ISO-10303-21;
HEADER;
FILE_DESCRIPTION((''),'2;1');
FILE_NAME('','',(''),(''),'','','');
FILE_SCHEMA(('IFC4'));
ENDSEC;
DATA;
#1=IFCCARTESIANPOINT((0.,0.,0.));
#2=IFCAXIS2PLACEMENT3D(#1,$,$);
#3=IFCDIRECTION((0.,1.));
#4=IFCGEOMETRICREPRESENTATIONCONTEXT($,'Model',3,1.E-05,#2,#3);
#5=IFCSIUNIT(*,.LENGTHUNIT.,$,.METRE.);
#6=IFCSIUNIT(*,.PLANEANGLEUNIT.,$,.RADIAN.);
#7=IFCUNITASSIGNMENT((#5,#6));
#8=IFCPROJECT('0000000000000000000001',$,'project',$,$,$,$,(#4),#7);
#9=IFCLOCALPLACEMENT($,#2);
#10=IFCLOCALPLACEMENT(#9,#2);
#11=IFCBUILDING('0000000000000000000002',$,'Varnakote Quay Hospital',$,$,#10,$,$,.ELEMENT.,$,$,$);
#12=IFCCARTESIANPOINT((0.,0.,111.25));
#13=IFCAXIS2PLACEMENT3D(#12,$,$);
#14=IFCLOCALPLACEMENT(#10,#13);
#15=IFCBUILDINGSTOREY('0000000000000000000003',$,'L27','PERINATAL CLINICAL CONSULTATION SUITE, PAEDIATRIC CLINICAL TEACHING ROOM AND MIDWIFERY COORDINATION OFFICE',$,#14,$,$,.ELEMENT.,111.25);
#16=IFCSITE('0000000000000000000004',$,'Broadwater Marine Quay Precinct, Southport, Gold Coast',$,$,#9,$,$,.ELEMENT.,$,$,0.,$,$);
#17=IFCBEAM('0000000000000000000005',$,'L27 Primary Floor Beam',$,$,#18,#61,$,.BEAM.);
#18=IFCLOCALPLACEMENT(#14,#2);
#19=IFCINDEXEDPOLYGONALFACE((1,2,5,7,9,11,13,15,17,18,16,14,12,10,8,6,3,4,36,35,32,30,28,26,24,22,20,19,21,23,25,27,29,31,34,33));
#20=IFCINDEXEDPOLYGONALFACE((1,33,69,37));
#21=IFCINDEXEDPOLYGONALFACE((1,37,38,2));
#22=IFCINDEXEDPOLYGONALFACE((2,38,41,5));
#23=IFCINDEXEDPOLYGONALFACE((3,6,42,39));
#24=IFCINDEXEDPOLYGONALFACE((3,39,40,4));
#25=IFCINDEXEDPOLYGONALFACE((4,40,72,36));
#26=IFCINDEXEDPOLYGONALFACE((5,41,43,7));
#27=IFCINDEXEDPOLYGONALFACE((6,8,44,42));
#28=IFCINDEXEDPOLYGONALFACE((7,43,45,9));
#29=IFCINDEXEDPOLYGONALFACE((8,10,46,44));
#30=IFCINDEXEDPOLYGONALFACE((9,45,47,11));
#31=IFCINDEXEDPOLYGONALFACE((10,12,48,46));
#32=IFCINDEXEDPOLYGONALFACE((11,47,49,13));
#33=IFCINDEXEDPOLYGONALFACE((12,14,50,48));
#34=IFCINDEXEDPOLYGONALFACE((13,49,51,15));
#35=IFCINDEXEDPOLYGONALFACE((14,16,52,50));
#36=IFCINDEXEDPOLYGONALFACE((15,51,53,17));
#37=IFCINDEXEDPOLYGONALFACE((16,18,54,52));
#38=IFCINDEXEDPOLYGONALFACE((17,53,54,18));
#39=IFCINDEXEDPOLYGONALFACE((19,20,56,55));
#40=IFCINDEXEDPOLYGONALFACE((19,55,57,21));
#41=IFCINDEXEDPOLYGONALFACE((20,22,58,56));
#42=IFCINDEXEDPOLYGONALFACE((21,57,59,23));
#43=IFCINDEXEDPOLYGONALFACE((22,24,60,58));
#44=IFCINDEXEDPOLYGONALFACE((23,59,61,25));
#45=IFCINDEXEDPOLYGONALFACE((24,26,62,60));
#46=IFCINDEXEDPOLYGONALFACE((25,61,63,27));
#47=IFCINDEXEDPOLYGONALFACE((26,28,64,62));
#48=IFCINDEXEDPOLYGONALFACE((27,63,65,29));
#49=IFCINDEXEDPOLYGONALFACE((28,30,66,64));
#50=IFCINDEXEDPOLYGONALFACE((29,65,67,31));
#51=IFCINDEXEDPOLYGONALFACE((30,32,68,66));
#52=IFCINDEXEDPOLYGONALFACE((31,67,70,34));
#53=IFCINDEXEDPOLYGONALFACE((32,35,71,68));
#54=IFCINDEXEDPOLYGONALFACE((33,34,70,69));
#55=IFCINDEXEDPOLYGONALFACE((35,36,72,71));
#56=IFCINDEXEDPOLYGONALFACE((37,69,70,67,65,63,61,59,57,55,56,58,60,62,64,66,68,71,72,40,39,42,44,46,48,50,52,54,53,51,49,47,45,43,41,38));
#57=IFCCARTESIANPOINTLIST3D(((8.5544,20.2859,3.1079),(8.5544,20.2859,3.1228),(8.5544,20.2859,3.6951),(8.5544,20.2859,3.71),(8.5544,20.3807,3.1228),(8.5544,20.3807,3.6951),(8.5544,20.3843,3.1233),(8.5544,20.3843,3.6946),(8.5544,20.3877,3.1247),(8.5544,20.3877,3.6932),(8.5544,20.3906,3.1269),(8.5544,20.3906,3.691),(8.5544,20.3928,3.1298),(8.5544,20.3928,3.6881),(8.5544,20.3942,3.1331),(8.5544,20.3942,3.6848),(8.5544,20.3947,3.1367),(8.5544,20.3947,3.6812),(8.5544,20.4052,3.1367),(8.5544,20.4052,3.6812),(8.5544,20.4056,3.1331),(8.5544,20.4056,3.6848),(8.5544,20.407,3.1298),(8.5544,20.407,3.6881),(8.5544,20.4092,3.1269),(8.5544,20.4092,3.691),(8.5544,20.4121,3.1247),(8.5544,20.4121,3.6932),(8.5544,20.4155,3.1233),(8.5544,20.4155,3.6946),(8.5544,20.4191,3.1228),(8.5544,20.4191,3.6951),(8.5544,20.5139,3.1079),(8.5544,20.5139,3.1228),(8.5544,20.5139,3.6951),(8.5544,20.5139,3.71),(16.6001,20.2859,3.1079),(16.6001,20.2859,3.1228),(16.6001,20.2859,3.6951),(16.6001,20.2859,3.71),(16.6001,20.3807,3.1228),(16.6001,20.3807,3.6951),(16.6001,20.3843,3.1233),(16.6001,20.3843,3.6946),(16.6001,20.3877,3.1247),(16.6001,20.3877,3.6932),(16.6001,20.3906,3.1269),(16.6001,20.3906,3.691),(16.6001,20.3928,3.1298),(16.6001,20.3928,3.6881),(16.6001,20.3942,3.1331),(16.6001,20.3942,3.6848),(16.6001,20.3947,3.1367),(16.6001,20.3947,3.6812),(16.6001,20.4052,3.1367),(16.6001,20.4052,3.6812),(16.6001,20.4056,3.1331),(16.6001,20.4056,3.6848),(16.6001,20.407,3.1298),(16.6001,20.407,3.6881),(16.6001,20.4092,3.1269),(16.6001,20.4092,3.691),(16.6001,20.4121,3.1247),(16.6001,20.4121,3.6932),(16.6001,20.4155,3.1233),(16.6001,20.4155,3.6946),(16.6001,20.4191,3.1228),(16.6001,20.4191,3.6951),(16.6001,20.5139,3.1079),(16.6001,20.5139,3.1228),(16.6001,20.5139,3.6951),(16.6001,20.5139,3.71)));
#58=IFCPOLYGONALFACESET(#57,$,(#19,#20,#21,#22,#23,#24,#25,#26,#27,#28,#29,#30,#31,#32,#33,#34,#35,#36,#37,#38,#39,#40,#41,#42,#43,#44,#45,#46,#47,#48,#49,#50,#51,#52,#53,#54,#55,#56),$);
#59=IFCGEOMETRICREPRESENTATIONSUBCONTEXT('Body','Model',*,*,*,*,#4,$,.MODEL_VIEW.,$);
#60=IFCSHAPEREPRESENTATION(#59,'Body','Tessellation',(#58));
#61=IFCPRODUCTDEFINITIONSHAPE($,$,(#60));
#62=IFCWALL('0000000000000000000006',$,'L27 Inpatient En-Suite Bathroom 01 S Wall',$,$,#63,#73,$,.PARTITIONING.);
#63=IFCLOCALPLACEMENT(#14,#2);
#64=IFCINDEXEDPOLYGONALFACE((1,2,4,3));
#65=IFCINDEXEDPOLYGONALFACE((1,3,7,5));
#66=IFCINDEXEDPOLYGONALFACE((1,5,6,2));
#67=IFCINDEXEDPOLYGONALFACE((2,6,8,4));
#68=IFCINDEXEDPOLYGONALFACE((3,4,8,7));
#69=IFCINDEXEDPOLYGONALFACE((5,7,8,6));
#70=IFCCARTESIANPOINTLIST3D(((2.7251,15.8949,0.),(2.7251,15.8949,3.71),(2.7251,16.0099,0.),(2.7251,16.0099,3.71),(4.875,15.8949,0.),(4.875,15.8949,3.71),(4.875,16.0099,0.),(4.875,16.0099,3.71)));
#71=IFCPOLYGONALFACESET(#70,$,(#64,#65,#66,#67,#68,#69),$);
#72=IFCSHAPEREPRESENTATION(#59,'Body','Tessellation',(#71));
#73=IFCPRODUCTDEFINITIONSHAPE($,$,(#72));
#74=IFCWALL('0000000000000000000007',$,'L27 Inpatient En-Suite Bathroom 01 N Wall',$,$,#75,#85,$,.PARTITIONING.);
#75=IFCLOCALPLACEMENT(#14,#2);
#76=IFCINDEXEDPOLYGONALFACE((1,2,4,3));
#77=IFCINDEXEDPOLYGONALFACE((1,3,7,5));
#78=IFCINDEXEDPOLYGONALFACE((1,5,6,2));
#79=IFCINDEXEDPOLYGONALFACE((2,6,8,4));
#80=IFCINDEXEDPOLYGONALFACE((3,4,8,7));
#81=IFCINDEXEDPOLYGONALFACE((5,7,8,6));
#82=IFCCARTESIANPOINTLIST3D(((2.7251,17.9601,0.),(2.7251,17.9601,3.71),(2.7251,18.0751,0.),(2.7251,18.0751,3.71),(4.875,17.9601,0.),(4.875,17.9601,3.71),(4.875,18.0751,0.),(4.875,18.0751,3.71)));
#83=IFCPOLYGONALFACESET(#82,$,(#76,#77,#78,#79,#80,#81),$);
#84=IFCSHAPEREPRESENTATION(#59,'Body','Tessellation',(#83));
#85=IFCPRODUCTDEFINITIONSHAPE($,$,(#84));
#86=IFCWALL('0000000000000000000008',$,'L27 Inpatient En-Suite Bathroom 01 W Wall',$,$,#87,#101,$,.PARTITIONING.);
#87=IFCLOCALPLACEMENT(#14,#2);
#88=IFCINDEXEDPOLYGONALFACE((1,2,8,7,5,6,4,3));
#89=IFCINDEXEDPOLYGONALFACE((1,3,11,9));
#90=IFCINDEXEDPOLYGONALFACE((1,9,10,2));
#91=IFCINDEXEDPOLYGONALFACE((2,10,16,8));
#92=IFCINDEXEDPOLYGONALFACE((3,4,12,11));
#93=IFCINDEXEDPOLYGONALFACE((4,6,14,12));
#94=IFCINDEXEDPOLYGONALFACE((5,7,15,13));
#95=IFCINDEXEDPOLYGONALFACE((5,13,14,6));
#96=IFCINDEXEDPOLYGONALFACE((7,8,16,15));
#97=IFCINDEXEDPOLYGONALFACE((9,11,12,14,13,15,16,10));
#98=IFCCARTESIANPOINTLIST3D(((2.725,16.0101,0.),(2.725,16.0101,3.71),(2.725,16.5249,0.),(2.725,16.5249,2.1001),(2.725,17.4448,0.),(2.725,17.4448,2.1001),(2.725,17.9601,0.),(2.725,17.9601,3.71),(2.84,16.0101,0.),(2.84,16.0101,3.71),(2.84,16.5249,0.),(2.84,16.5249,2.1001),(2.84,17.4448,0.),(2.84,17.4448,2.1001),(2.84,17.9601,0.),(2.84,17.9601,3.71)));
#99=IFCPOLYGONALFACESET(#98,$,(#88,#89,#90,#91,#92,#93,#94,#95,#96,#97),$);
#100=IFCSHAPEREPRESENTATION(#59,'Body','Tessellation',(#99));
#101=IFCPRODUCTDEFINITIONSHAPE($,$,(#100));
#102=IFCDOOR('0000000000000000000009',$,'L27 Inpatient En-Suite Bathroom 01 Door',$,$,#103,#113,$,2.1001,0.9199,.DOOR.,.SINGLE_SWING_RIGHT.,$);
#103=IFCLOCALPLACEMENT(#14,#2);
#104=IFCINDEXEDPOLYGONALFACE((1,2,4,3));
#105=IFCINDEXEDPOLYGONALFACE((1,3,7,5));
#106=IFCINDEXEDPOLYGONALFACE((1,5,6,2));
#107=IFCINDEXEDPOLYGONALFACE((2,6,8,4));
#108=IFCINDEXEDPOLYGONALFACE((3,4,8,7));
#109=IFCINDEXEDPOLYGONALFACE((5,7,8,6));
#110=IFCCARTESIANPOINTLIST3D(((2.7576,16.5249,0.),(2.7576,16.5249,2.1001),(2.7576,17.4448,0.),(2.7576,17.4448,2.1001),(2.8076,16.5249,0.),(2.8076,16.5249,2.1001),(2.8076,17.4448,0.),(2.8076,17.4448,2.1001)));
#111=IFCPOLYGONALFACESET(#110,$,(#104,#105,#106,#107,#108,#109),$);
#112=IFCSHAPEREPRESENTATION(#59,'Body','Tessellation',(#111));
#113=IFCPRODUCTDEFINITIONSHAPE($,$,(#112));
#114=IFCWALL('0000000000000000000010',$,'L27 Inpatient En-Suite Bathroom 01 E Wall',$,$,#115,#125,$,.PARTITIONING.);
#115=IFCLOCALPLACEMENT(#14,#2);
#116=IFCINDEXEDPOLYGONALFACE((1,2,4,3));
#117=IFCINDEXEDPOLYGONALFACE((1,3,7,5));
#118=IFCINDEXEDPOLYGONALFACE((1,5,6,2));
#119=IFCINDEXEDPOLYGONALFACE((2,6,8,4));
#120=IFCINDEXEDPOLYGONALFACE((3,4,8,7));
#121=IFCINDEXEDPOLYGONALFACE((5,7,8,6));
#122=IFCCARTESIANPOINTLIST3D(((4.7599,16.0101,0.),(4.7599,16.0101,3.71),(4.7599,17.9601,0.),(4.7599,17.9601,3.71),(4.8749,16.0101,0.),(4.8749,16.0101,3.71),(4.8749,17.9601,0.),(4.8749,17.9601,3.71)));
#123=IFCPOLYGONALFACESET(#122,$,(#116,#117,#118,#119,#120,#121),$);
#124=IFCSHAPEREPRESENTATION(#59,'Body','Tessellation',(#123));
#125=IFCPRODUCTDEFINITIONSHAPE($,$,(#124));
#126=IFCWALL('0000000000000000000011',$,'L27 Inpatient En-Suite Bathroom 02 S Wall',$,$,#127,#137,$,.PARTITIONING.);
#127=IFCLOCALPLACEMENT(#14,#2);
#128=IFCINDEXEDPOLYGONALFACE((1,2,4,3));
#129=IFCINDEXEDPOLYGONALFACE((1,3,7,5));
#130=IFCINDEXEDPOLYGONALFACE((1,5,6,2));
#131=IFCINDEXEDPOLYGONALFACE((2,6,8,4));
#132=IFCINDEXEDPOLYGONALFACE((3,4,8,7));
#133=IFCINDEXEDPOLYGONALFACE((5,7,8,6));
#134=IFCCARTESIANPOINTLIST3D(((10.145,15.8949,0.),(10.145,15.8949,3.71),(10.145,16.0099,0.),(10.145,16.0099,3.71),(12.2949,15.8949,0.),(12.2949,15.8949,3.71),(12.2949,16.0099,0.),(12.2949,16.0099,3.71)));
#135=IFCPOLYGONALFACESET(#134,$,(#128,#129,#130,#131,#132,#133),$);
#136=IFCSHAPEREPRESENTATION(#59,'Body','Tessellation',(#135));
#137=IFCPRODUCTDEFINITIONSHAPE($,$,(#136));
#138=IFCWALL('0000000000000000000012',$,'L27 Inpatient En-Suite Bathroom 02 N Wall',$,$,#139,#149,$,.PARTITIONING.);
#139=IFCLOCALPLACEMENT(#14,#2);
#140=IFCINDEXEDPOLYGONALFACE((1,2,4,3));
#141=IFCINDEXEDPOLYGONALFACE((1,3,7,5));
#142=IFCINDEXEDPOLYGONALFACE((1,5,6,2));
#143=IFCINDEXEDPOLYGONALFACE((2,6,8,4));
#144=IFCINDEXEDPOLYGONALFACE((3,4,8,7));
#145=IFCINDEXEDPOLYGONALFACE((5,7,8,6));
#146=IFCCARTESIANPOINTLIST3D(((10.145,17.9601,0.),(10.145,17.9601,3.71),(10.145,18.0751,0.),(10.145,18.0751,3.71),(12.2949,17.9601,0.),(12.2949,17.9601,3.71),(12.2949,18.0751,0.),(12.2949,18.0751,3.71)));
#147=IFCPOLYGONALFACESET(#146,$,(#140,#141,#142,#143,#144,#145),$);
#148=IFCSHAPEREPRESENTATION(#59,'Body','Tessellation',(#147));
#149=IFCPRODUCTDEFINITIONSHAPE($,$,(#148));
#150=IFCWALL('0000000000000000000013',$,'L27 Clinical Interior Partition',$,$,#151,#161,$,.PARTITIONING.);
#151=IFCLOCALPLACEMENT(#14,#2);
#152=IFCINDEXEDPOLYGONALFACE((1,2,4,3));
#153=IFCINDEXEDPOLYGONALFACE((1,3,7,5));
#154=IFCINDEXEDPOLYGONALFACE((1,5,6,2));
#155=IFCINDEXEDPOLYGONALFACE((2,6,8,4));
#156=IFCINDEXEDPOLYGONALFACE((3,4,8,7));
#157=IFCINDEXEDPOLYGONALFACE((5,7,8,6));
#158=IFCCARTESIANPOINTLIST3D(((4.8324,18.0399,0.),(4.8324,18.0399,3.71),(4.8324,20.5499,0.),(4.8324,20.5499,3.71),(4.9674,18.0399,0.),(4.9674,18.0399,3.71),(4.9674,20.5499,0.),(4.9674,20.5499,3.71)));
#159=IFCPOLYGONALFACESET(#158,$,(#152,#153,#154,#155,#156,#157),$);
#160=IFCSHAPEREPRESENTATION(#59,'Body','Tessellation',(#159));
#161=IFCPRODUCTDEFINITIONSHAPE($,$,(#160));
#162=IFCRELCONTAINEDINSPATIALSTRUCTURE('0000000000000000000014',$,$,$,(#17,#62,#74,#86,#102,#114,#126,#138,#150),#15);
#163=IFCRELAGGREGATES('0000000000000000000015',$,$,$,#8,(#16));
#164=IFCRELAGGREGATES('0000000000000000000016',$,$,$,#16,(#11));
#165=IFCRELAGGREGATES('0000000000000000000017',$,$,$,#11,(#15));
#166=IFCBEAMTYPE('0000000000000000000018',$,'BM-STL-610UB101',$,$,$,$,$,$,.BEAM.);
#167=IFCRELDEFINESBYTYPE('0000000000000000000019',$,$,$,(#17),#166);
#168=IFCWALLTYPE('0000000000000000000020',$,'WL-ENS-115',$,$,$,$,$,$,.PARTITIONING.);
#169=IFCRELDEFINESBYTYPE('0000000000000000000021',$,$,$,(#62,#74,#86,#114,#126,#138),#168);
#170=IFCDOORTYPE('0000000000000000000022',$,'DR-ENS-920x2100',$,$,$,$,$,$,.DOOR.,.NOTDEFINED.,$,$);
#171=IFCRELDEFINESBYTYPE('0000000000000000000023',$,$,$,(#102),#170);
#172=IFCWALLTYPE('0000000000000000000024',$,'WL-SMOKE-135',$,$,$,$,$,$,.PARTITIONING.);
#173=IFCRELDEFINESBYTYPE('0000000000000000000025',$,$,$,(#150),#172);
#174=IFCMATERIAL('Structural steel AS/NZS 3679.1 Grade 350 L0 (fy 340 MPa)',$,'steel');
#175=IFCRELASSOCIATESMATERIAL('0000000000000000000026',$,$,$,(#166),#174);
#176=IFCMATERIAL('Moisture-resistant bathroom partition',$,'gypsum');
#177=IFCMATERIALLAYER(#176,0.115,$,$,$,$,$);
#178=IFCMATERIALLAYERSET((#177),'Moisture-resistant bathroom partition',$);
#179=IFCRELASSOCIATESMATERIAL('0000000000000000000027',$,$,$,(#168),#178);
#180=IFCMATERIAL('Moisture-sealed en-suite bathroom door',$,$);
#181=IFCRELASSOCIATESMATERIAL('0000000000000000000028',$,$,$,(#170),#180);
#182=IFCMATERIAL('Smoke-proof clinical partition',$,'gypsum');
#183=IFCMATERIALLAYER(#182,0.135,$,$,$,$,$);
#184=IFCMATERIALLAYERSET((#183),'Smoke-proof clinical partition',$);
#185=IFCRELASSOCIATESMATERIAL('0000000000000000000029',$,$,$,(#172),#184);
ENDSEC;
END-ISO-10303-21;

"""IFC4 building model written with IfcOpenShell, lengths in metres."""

from ifc_helpers import new_model, si_unit, direction, frame, frame_2d, origin, origin_2d, place, context, subcontext, project, spatial, rectangle, i_section, extrude, material, layer, layer_set, material_profile, profile_set, type_object, element, fill, save


model = new_model("IFC4")

# Units and contexts
model_context = context("Model", 3, precision=1e-05, world=origin(), true_north=direction((0.0, 1.0)))
body_context = subcontext(model_context, "Body", "Model", "MODEL_VIEW")
ifc_project = project(units=[si_unit("LENGTHUNIT", "METRE"), si_unit("PLANEANGLEUNIT", "RADIAN")], contexts=[model_context])

# Site, building, storey
site_placement = place(None, origin())
site = spatial("IfcSite", under=ifc_project, at=site_placement, Name="Broadwater Marine Quay Precinct, Southport, Gold Coast", CompositionType="ELEMENT", RefElevation=0.0)
building_placement = place(site_placement, origin())
building = spatial("IfcBuilding", under=site, at=building_placement, Name="Varnakote Quay Hospital", CompositionType="ELEMENT")
storey_placement = place(building_placement, frame((0.0, 0.0, 111.25)))
storey = spatial("IfcBuildingStorey", under=building, at=storey_placement, Name="L27", Description="PERINATAL CLINICAL CONSULTATION SUITE, PAEDIATRIC CLINICAL TEACHING ROOM AND MIDWIFERY COORDINATION OFFICE", CompositionType="ELEMENT", Elevation=111.25)

# Beam
ifc_material_1 = material(Name="Structural steel AS/NZS 3679.1 Grade 350 L0 (fy 340 MPa)", Category="steel")
ifc_material_profile_1 = material_profile(ifc_material_1, i_section(OverallWidth=0.228, OverallDepth=0.6021, WebThickness=0.0105, FlangeThickness=0.0149, FilletRadius=0.0139, at=origin_2d()), Name="610UB101")
ifc_profile_set_1 = profile_set([ifc_material_profile_1], Name="Structural steel AS/NZS 3679.1 Grade 350 L0 (fy 340 MPa)")
beam_type_1 = type_object("IfcBeamType", Name="BM-STL-610UB101", PredefinedType="BEAM", material=ifc_profile_set_1)
beam_1_placement = place(storey_placement, frame((8.5544, 20.3999, 3.4089), z_axis=(1.0, 0.0, 0.0), x_axis=(0.0, 1.0, 0.0)))
element("IfcBeam", 1, at=beam_1_placement, inside=storey, type_object=beam_type_1, Name="L27 Primary Floor Beam", PredefinedType="BEAM", context=body_context, shape_type="SweptSolid", body=[
    extrude(i_section(OverallWidth=0.228, OverallDepth=0.6021, WebThickness=0.0105, FlangeThickness=0.0149, FilletRadius=0.0139, at=origin_2d()), origin(), (0.0, 0.0, 1.0), 8.0457),
])

# Walls
ifc_material_2 = material(Name="Moisture-resistant bathroom partition", Category="gypsum")
ifc_layer_1 = layer(ifc_material_2, 0.115)
ifc_layer_set_1 = layer_set([ifc_layer_1], Name="Moisture-resistant bathroom partition")
wall_type_1 = type_object("IfcWallType", Name="WL-ENS-115", PredefinedType="PARTITIONING", material=ifc_layer_set_1)
for number, where, z_axis, x_axis, name in (
    (2, (2.7251, 15.9524, 0.0), (0.0, 0.0, 1.0), (1.0, 0.0, 0.0), "L27 Inpatient En-Suite Bathroom 01 S Wall"),
    (3, (2.7251, 18.0176, 0.0), (0.0, 0.0, 1.0), (1.0, 0.0, 0.0), "L27 Inpatient En-Suite Bathroom 01 N Wall"),
):
    element("IfcWall", number, at=place(storey_placement, frame(where, z_axis=z_axis, x_axis=x_axis)), inside=storey, type_object=wall_type_1, Name=name, PredefinedType="PARTITIONING", context=body_context, shape_type="SweptSolid", body=[
        extrude(rectangle(XDim=2.1499, YDim=0.115, at=frame_2d((1.075, 0.0))), origin(), (0.0, 0.0, 1.0), 3.71),
    ])

# Wall, opening, door
wall_1_placement = place(storey_placement, frame((2.7825, 16.01, 0.0), z_axis=(0.0, 0.0, 1.0), x_axis=(0.0, 1.0, 0.0)))
wall_1 = element("IfcWall", 4, at=wall_1_placement, inside=storey, type_object=wall_type_1, Name="L27 Inpatient En-Suite Bathroom 01 W Wall", PredefinedType="PARTITIONING", context=body_context, shape_type="SweptSolid", body=[
    extrude(rectangle(XDim=1.95, YDim=0.115, at=frame_2d((0.9751, 0.0))), origin(), (0.0, 0.0, 1.0), 3.71),
])
opening_1_placement = place(wall_1_placement, frame((0.5149, 0.0, 0.0)))
opening_1 = element("IfcOpeningElement", 5, at=opening_1_placement, cuts=wall_1, PredefinedType="OPENING", context=body_context, shape_type="SweptSolid", body=[
    extrude(rectangle(XDim=0.9199, YDim=2.1001, at=frame_2d((0.46, 1.05))), frame((0.0, 0.0674, 0.0), z_axis=(0.0, -1.0, 0.0), x_axis=(1.0, 0.0, 0.0)), (0.0, 0.0, 1.0), 0.135),
])
ifc_material_3 = material(Name="Moisture-sealed en-suite bathroom door")
door_type_1 = type_object("IfcDoorType", Name="DR-ENS-920x2100", OperationType="NOTDEFINED", PredefinedType="DOOR", material=ifc_material_3)
door_1_placement = place(opening_1_placement, origin())
door_1 = element("IfcDoor", 6, at=door_1_placement, inside=storey, type_object=door_type_1, Name="L27 Inpatient En-Suite Bathroom 01 Door", OperationType="SINGLE_SWING_RIGHT", OverallHeight=2.1001, OverallWidth=0.9199, PredefinedType="DOOR", context=body_context, shape_type="SweptSolid", body=[
    extrude(rectangle(XDim=0.9199, YDim=2.1001, at=frame_2d((0.46, 1.05))), frame((0.0, 0.0249, 0.0), z_axis=(0.0, -1.0, 0.0), x_axis=(1.0, 0.0, 0.0)), (0.0, 0.0, 1.0), 0.05),
])
fill(opening_1, door_1)

# Walls
wall_2_placement = place(storey_placement, frame((4.8174, 16.01, 0.0), z_axis=(0.0, 0.0, 1.0), x_axis=(0.0, 1.0, 0.0)))
element("IfcWall", 7, at=wall_2_placement, inside=storey, type_object=wall_type_1, Name="L27 Inpatient En-Suite Bathroom 01 E Wall", PredefinedType="PARTITIONING", context=body_context, shape_type="SweptSolid", body=[
    extrude(rectangle(XDim=1.95, YDim=0.115, at=frame_2d((0.9751, 0.0))), origin(), (0.0, 0.0, 1.0), 3.71),
])
for number, where, z_axis, x_axis, name in (
    (8, (10.145, 15.9524, 0.0), (0.0, 0.0, 1.0), (1.0, 0.0, 0.0), "L27 Inpatient En-Suite Bathroom 02 S Wall"),
    (9, (10.145, 18.0176, 0.0), (0.0, 0.0, 1.0), (1.0, 0.0, 0.0), "L27 Inpatient En-Suite Bathroom 02 N Wall"),
):
    element("IfcWall", number, at=place(storey_placement, frame(where, z_axis=z_axis, x_axis=x_axis)), inside=storey, type_object=wall_type_1, Name=name, PredefinedType="PARTITIONING", context=body_context, shape_type="SweptSolid", body=[
        extrude(rectangle(XDim=2.1499, YDim=0.115, at=frame_2d((1.075, 0.0))), origin(), (0.0, 0.0, 1.0), 3.71),
    ])
ifc_material_4 = material(Name="Smoke-proof clinical partition", Category="gypsum")
ifc_layer_2 = layer(ifc_material_4, 0.135)
ifc_layer_set_2 = layer_set([ifc_layer_2], Name="Smoke-proof clinical partition")
wall_type_2 = type_object("IfcWallType", Name="WL-SMOKE-135", PredefinedType="PARTITIONING", material=ifc_layer_set_2)
wall_3_placement = place(storey_placement, frame((4.8999, 18.04, 0.0), z_axis=(0.0, 0.0, 1.0), x_axis=(0.0, 1.0, 0.0)))
element("IfcWall", 10, at=wall_3_placement, inside=storey, type_object=wall_type_2, Name="L27 Clinical Interior Partition", PredefinedType="PARTITIONING", context=body_context, shape_type="SweptSolid", body=[
    extrude(rectangle(XDim=2.51, YDim=0.135, at=frame_2d((1.2549, 0.0))), origin(), (0.0, 0.0, 1.0), 3.71),
])

save(model, "model.ifc")
